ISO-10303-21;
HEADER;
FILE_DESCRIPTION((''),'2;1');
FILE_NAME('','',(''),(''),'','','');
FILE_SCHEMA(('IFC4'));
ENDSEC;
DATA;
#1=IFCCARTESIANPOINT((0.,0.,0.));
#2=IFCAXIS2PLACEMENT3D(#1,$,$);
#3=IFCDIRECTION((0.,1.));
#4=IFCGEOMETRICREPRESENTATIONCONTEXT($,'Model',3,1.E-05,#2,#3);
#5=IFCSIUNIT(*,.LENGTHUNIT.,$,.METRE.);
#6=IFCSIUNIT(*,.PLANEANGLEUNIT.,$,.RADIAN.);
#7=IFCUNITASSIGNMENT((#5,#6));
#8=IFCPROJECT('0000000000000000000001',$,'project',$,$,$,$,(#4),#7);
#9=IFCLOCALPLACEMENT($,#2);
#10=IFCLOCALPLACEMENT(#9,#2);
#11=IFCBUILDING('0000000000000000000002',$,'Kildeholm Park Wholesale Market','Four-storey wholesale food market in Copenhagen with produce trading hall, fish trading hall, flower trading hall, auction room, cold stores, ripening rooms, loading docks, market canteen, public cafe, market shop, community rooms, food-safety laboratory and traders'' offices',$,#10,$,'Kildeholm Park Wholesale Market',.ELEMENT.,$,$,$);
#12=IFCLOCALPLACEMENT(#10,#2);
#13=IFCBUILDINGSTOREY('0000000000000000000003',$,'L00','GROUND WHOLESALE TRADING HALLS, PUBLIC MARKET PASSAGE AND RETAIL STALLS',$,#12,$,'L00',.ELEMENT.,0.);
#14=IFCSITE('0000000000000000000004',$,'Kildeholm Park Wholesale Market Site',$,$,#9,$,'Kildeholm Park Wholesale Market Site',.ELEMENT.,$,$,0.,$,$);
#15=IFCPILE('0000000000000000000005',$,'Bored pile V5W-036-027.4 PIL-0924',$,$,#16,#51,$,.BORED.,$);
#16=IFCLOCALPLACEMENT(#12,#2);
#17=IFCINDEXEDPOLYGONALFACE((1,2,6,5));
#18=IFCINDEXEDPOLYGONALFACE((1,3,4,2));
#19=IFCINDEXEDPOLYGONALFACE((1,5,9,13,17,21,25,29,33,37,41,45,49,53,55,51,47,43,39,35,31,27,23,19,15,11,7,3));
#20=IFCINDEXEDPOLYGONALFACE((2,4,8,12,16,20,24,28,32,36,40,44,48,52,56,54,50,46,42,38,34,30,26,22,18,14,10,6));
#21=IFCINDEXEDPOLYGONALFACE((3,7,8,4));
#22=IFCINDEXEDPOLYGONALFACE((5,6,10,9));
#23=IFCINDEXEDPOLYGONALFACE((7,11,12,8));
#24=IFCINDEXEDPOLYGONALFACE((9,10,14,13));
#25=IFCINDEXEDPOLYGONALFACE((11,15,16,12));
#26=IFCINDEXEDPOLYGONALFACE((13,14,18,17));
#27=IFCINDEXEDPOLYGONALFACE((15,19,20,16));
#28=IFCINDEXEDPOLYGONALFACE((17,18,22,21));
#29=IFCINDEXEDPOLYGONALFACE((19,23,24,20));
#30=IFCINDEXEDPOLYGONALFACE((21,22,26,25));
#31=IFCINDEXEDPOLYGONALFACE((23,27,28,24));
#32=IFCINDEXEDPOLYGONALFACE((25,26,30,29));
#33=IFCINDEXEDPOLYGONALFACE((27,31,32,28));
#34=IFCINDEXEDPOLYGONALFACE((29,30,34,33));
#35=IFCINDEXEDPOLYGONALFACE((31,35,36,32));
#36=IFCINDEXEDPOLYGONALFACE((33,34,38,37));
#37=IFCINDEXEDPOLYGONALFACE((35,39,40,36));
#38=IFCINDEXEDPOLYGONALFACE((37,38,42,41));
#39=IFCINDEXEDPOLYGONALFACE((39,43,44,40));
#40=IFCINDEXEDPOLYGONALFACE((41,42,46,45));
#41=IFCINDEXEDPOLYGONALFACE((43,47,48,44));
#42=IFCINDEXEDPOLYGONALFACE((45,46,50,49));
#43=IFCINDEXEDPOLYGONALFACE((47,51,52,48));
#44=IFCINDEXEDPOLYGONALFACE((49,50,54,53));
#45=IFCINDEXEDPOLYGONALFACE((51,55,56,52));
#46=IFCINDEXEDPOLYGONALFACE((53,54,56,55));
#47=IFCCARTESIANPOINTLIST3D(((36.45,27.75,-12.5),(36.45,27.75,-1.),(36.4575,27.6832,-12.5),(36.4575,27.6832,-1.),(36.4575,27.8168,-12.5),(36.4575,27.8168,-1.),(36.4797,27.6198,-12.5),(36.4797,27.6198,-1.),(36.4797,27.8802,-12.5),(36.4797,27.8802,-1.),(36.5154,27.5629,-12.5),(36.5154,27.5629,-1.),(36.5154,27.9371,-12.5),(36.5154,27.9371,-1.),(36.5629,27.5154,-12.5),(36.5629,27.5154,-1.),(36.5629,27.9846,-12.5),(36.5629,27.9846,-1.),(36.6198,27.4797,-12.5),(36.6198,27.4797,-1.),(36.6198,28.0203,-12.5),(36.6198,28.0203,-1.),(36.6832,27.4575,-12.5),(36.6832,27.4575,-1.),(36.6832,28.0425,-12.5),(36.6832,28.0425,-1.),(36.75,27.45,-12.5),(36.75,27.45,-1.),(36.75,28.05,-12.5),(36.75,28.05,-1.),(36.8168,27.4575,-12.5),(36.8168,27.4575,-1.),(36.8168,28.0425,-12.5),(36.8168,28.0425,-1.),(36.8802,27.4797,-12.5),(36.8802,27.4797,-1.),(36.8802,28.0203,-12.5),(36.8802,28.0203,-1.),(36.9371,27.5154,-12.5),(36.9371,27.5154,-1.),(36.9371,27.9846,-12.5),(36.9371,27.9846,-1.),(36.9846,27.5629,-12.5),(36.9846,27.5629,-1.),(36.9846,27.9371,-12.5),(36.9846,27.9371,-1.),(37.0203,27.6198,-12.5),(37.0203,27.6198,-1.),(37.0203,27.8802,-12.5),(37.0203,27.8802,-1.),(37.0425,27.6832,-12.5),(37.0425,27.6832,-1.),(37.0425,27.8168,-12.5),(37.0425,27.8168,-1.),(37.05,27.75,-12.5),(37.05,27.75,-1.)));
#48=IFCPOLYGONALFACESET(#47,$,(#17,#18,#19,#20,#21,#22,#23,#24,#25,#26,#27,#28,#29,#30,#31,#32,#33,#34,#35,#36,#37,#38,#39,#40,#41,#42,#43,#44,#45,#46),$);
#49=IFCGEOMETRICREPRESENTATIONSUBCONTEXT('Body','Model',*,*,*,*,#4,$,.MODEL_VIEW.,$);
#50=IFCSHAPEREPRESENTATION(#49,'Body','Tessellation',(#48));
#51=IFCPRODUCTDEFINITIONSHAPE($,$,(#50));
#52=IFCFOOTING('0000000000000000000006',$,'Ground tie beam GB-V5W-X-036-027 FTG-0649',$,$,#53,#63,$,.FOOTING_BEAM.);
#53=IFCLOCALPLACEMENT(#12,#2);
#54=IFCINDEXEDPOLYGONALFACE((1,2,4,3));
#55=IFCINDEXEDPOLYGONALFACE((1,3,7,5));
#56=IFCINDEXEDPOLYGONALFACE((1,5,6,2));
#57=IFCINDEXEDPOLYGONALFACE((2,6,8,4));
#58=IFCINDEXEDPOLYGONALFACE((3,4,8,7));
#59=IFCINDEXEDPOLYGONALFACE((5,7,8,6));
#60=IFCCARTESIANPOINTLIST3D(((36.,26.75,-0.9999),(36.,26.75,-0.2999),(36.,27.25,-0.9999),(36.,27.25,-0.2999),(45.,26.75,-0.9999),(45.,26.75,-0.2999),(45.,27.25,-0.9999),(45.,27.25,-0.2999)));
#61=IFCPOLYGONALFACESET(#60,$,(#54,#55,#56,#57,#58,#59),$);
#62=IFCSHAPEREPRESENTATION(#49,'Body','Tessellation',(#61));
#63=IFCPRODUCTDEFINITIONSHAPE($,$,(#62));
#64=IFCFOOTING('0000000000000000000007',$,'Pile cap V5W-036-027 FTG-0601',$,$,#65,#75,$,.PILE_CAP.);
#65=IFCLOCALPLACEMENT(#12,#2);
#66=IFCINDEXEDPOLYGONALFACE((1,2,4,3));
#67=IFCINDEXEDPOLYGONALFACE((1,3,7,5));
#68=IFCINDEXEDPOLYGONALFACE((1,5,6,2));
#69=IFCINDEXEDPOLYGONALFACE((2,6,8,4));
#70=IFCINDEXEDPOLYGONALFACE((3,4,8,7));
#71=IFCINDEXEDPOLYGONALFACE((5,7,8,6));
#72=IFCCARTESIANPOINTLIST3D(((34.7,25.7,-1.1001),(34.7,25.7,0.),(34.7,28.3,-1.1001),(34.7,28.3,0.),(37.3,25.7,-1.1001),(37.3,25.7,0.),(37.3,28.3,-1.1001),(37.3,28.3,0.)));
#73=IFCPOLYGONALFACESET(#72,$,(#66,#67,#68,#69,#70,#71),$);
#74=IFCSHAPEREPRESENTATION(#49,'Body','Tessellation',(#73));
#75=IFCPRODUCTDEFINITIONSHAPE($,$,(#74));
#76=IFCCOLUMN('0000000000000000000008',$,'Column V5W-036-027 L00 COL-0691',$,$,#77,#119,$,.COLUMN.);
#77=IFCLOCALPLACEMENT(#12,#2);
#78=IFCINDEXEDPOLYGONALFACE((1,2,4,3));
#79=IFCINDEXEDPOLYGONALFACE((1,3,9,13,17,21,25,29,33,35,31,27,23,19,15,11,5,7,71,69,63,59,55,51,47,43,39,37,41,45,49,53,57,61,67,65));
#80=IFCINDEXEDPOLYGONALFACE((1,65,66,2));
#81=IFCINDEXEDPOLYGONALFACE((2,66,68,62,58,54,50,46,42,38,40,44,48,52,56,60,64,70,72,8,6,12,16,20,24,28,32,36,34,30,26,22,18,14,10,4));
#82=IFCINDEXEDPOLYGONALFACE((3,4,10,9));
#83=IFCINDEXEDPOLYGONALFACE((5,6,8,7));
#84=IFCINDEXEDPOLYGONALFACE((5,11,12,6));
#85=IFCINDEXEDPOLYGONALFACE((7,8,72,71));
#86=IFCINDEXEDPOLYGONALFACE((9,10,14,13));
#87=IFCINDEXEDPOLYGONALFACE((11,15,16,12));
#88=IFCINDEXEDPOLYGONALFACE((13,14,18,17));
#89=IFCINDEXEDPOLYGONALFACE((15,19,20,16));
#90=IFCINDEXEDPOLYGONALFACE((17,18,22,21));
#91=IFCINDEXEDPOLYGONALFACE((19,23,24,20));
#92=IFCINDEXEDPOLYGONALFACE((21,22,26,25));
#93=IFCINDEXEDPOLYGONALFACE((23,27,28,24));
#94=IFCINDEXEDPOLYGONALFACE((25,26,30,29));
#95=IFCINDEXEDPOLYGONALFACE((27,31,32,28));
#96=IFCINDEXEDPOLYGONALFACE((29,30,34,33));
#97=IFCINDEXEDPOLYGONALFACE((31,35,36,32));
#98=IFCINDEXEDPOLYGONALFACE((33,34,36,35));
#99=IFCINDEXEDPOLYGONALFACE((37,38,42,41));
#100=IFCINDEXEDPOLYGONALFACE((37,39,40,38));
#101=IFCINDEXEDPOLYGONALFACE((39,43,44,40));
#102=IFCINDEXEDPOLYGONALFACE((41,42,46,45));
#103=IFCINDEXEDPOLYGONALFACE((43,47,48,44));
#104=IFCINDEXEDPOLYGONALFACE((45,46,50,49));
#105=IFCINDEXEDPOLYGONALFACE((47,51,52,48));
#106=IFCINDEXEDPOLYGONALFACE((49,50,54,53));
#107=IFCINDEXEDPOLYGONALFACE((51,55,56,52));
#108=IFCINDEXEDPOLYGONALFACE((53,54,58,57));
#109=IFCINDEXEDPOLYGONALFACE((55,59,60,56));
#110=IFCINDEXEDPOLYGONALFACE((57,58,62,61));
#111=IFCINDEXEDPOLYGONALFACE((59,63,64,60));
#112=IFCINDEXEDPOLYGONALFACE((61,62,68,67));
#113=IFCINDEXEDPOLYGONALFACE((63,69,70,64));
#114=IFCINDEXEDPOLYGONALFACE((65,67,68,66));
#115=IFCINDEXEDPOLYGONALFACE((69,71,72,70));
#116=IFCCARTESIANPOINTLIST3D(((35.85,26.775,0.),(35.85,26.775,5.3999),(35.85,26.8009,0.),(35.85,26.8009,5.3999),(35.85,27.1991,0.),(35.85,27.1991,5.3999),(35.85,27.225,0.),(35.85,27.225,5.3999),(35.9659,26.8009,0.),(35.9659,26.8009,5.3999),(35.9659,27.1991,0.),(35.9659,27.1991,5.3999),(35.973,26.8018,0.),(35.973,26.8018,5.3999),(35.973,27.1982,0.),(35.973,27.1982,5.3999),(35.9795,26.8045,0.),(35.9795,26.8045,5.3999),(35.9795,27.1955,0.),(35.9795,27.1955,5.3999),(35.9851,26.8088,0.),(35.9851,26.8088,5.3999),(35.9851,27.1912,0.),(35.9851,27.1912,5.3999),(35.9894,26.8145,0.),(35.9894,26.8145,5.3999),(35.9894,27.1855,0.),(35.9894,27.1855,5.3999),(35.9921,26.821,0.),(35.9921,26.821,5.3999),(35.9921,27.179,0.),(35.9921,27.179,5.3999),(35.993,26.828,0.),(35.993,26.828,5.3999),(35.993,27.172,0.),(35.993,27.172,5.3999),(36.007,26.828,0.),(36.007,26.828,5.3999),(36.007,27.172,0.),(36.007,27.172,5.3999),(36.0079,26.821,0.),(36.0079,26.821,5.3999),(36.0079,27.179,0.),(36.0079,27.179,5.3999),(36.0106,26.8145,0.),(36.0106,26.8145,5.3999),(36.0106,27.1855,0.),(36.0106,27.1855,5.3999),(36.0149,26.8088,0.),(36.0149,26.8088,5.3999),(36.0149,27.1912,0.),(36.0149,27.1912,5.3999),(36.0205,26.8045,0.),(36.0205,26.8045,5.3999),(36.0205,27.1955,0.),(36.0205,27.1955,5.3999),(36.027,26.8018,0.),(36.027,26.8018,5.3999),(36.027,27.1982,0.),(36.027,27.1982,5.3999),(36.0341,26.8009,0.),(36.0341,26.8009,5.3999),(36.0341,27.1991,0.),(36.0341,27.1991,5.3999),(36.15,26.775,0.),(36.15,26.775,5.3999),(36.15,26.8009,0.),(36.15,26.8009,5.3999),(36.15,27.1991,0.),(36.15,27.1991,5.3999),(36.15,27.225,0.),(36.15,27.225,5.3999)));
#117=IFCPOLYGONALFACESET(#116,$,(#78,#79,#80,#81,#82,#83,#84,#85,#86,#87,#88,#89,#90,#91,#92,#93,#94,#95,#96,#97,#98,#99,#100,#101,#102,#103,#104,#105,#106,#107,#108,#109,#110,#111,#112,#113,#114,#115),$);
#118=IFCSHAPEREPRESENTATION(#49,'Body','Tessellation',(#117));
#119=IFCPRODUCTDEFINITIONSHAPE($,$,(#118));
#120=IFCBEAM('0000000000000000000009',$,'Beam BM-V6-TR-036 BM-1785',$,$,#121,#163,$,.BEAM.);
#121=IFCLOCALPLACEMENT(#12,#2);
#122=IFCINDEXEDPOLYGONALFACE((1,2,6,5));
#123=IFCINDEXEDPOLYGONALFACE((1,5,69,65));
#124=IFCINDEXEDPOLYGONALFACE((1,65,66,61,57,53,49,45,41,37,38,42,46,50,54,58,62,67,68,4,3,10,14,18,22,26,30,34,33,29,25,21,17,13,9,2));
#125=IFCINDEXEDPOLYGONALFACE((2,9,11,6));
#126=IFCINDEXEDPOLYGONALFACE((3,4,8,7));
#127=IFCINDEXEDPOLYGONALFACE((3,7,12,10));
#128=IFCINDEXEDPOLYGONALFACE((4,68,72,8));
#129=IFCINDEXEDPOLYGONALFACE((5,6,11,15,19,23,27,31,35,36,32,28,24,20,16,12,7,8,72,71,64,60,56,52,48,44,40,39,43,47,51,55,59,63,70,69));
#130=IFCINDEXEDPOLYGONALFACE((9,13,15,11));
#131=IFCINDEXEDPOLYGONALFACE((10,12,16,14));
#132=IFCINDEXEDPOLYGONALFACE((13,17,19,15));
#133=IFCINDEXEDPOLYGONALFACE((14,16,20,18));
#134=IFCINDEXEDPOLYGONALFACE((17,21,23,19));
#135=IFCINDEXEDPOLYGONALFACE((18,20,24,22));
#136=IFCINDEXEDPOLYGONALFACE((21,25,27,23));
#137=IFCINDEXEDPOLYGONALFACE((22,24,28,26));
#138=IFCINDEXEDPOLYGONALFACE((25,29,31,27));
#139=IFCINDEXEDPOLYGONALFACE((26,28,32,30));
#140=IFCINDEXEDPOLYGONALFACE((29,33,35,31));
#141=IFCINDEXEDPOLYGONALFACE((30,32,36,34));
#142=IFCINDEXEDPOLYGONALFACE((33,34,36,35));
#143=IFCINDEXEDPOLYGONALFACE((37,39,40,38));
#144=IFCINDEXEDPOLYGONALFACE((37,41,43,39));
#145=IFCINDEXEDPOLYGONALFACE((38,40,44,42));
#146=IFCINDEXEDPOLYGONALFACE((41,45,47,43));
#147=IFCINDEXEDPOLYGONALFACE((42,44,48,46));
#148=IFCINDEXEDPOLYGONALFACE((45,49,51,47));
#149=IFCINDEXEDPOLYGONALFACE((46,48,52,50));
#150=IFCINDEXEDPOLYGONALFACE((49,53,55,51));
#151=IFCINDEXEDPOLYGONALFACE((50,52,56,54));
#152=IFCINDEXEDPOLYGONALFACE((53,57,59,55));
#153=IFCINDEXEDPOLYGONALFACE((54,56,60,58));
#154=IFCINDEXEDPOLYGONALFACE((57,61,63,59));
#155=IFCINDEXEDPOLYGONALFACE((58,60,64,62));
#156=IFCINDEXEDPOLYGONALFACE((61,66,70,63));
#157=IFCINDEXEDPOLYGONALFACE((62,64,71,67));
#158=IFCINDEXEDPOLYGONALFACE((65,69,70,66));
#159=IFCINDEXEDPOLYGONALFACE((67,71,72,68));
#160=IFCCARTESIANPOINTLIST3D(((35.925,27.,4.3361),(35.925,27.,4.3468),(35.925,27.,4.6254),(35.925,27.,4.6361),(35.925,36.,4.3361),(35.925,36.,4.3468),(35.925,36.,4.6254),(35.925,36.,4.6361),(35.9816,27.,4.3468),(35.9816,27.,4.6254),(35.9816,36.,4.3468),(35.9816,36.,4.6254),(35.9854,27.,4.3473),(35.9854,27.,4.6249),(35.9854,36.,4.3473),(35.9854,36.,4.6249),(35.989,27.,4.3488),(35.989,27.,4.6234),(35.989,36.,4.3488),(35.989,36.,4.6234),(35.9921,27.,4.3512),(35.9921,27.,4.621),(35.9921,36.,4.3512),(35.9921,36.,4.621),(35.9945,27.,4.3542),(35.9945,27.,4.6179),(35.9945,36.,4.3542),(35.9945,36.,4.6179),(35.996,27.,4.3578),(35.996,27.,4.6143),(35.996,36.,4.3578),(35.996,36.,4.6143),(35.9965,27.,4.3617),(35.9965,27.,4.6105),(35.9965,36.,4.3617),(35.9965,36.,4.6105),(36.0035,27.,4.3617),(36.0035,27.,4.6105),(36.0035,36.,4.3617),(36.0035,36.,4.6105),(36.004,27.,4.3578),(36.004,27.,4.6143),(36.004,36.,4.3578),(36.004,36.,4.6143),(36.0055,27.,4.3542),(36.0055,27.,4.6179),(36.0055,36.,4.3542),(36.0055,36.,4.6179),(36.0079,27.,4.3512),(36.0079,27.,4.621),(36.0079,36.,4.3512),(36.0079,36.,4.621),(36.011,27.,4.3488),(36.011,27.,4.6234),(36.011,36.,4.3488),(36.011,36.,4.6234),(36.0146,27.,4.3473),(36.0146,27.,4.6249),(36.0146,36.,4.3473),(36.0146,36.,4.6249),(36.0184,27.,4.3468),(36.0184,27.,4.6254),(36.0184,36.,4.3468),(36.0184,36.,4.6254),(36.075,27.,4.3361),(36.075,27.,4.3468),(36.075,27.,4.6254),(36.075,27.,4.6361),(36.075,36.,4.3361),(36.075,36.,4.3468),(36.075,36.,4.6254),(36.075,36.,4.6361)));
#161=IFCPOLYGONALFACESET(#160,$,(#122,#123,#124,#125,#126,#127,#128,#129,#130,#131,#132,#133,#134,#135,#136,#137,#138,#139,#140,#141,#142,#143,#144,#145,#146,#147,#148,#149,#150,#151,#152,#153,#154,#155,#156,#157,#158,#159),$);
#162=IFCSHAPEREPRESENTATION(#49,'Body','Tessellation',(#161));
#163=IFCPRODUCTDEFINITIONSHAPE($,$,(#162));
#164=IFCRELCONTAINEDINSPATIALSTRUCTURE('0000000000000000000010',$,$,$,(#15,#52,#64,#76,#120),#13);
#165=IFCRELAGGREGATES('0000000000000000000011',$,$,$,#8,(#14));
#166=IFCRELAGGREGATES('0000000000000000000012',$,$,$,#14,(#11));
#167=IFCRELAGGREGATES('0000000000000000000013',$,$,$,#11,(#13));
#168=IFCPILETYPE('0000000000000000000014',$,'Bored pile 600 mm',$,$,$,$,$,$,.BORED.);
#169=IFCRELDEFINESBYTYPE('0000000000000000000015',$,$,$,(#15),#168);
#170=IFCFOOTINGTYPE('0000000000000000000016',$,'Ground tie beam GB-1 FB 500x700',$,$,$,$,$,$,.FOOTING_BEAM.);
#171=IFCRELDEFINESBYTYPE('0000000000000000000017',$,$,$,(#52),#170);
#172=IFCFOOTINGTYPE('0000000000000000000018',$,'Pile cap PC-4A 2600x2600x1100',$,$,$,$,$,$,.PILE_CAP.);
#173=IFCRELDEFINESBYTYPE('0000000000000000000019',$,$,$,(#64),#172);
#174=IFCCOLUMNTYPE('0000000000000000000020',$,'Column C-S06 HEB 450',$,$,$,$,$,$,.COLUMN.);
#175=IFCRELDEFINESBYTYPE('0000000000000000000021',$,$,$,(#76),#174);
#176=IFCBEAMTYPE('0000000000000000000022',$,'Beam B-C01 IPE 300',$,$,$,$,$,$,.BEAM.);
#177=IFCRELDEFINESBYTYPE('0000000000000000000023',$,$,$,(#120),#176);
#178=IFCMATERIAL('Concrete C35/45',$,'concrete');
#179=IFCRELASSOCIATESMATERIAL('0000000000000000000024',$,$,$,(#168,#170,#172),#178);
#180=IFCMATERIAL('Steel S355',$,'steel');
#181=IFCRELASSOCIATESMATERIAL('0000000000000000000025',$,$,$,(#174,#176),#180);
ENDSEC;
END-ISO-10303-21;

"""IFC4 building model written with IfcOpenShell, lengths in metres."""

from ifc_helpers import new_model, si_unit, direction, frame, origin, origin_2d, place, context, subcontext, project, spatial, rectangle, circle, i_section, extrude, material, material_profile, profile_set, type_object, element, save


model = new_model("IFC4")

# Units and contexts
model_context = context("Model", 3, precision=1e-05, world=origin(), true_north=direction((0.0, 1.0)))
body_context = subcontext(model_context, "Body", "Model", "MODEL_VIEW")
ifc_project = project(units=[si_unit("LENGTHUNIT", "METRE"), si_unit("PLANEANGLEUNIT", "RADIAN")], contexts=[model_context])

# Site, building, storey
site_placement = place(None, origin())
site = spatial("IfcSite", under=ifc_project, at=site_placement, Name="Kildeholm Park Wholesale Market Site", LongName="Kildeholm Park Wholesale Market Site", CompositionType="ELEMENT", RefElevation=0.0)
building_placement = place(site_placement, origin())
building = spatial("IfcBuilding", under=site, at=building_placement, Name="Kildeholm Park Wholesale Market", Description="Four-storey wholesale food market in Copenhagen with produce trading hall, fish trading hall, flower trading hall, auction room, cold stores, ripening rooms, loading docks, market canteen, public cafe, market shop, community rooms, food-safety laboratory and traders' offices", LongName="Kildeholm Park Wholesale Market", CompositionType="ELEMENT")
storey_placement = place(building_placement, origin())
storey = spatial("IfcBuildingStorey", under=building, at=storey_placement, Name="L00", Description="GROUND WHOLESALE TRADING HALLS, PUBLIC MARKET PASSAGE AND RETAIL STALLS", LongName="L00", CompositionType="ELEMENT", Elevation=0.0)

# Pile
ifc_material_1 = material(Name="Concrete C35/45", Category="concrete")
ifc_material_profile_1 = material_profile(ifc_material_1, circle(Radius=0.3, at=origin_2d()), Name="PILE D600")
ifc_profile_set_1 = profile_set([ifc_material_profile_1], Name="Concrete C35/45")
pile_type = type_object("IfcPileType", Name="Bored pile 600 mm", PredefinedType="BORED", material=ifc_profile_set_1)
for number, where, z_axis, x_axis, name in (
    (1, (36.75, 27.75, -1.0), (0.0, 0.0, -1.0), (1.0, 0.0, 0.0), "Bored pile V5W-036-027.4 PIL-0924"),
):
    element("IfcPile", number, at=place(storey_placement, frame(where, z_axis=z_axis, x_axis=x_axis)), inside=storey, type_object=pile_type, Name=name, PredefinedType="BORED", context=body_context, shape_type="SweptSolid", body=[
        extrude(circle(Radius=0.3, at=origin_2d()), origin(), (0.0, 0.0, 1.0), 11.5),
    ])

# Footings
ifc_material_profile_2 = material_profile(ifc_material_1, rectangle(XDim=0.5, YDim=0.7, at=origin_2d()), Name="FB 500x700")
ifc_profile_set_2 = profile_set([ifc_material_profile_2], Name="Concrete C35/45")
footing_type_1 = type_object("IfcFootingType", Name="Ground tie beam GB-1 FB 500x700", PredefinedType="FOOTING_BEAM", material=ifc_profile_set_2)
footing_1_placement = place(storey_placement, frame((36.0, 27.0, -0.6499), z_axis=(1.0, 0.0, 0.0), x_axis=(0.0, 1.0, 0.0)))
element("IfcFooting", 2, at=footing_1_placement, inside=storey, type_object=footing_type_1, Name="Ground tie beam GB-V5W-X-036-027 FTG-0649", PredefinedType="FOOTING_BEAM", context=body_context, shape_type="SweptSolid", body=[
    extrude(rectangle(XDim=0.5, YDim=0.7, at=origin_2d()), origin(), (0.0, 0.0, 1.0), 9.0),
])
footing_type_2 = type_object("IfcFootingType", Name="Pile cap PC-4A 2600x2600x1100", PredefinedType="PILE_CAP", material=ifc_material_1)
footing_2_placement = place(storey_placement, frame((36.0, 27.0, -1.1001), z_axis=(0.0, 0.0, 1.0), x_axis=(1.0, 0.0, 0.0)))
element("IfcFooting", 3, at=footing_2_placement, inside=storey, type_object=footing_type_2, Name="Pile cap V5W-036-027 FTG-0601", PredefinedType="PILE_CAP", context=body_context, shape_type="SweptSolid", body=[
    extrude(rectangle(XDim=2.6001, YDim=2.6001, at=origin_2d()), origin(), (0.0, 0.0, 1.0), 1.1001),
])

# Column
ifc_material_2 = material(Name="Steel S355", Category="steel")
ifc_material_profile_3 = material_profile(ifc_material_2, i_section(OverallWidth=0.3, OverallDepth=0.45, WebThickness=0.0139, FlangeThickness=0.0259, FilletRadius=0.0271, at=origin_2d()), Name="HEB 450")
ifc_profile_set_3 = profile_set([ifc_material_profile_3], Name="Steel S355")
column_type = type_object("IfcColumnType", Name="Column C-S06 HEB 450", PredefinedType="COLUMN", material=ifc_profile_set_3)
column_placement = place(storey_placement, frame((36.0, 27.0, 0.0), z_axis=(0.0, 0.0, 1.0), x_axis=(1.0, 0.0, 0.0)))
element("IfcColumn", 4, at=column_placement, inside=storey, type_object=column_type, Name="Column V5W-036-027 L00 COL-0691", PredefinedType="COLUMN", context=body_context, shape_type="SweptSolid", body=[
    extrude(i_section(OverallWidth=0.3, OverallDepth=0.45, WebThickness=0.0139, FlangeThickness=0.0259, FilletRadius=0.0271, at=origin_2d()), origin(), (0.0, 0.0, 1.0), 5.3999),
])

# Beam
ifc_material_profile_4 = material_profile(ifc_material_2, i_section(OverallWidth=0.1499, OverallDepth=0.3, WebThickness=0.0071, FlangeThickness=0.0107, FilletRadius=0.0149, at=origin_2d()), Name="IPE 300")
ifc_profile_set_4 = profile_set([ifc_material_profile_4], Name="Steel S355")
beam_type_1 = type_object("IfcBeamType", Name="Beam B-C01 IPE 300", PredefinedType="BEAM", material=ifc_profile_set_4)
beam_1_placement = place(storey_placement, frame((36.0, 27.0, 4.4861), z_axis=(0.0, 1.0, 0.0), x_axis=(-1.0, 0.0, 0.0)))
element("IfcBeam", 5, at=beam_1_placement, inside=storey, type_object=beam_type_1, Name="Beam BM-V6-TR-036 BM-1785", PredefinedType="BEAM", context=body_context, shape_type="SweptSolid", body=[
    extrude(i_section(OverallWidth=0.1499, OverallDepth=0.3, WebThickness=0.0071, FlangeThickness=0.0107, FilletRadius=0.0149, at=origin_2d()), origin(), (0.0, 0.0, 1.0), 9.0),
])

save(model, "model.ifc")
